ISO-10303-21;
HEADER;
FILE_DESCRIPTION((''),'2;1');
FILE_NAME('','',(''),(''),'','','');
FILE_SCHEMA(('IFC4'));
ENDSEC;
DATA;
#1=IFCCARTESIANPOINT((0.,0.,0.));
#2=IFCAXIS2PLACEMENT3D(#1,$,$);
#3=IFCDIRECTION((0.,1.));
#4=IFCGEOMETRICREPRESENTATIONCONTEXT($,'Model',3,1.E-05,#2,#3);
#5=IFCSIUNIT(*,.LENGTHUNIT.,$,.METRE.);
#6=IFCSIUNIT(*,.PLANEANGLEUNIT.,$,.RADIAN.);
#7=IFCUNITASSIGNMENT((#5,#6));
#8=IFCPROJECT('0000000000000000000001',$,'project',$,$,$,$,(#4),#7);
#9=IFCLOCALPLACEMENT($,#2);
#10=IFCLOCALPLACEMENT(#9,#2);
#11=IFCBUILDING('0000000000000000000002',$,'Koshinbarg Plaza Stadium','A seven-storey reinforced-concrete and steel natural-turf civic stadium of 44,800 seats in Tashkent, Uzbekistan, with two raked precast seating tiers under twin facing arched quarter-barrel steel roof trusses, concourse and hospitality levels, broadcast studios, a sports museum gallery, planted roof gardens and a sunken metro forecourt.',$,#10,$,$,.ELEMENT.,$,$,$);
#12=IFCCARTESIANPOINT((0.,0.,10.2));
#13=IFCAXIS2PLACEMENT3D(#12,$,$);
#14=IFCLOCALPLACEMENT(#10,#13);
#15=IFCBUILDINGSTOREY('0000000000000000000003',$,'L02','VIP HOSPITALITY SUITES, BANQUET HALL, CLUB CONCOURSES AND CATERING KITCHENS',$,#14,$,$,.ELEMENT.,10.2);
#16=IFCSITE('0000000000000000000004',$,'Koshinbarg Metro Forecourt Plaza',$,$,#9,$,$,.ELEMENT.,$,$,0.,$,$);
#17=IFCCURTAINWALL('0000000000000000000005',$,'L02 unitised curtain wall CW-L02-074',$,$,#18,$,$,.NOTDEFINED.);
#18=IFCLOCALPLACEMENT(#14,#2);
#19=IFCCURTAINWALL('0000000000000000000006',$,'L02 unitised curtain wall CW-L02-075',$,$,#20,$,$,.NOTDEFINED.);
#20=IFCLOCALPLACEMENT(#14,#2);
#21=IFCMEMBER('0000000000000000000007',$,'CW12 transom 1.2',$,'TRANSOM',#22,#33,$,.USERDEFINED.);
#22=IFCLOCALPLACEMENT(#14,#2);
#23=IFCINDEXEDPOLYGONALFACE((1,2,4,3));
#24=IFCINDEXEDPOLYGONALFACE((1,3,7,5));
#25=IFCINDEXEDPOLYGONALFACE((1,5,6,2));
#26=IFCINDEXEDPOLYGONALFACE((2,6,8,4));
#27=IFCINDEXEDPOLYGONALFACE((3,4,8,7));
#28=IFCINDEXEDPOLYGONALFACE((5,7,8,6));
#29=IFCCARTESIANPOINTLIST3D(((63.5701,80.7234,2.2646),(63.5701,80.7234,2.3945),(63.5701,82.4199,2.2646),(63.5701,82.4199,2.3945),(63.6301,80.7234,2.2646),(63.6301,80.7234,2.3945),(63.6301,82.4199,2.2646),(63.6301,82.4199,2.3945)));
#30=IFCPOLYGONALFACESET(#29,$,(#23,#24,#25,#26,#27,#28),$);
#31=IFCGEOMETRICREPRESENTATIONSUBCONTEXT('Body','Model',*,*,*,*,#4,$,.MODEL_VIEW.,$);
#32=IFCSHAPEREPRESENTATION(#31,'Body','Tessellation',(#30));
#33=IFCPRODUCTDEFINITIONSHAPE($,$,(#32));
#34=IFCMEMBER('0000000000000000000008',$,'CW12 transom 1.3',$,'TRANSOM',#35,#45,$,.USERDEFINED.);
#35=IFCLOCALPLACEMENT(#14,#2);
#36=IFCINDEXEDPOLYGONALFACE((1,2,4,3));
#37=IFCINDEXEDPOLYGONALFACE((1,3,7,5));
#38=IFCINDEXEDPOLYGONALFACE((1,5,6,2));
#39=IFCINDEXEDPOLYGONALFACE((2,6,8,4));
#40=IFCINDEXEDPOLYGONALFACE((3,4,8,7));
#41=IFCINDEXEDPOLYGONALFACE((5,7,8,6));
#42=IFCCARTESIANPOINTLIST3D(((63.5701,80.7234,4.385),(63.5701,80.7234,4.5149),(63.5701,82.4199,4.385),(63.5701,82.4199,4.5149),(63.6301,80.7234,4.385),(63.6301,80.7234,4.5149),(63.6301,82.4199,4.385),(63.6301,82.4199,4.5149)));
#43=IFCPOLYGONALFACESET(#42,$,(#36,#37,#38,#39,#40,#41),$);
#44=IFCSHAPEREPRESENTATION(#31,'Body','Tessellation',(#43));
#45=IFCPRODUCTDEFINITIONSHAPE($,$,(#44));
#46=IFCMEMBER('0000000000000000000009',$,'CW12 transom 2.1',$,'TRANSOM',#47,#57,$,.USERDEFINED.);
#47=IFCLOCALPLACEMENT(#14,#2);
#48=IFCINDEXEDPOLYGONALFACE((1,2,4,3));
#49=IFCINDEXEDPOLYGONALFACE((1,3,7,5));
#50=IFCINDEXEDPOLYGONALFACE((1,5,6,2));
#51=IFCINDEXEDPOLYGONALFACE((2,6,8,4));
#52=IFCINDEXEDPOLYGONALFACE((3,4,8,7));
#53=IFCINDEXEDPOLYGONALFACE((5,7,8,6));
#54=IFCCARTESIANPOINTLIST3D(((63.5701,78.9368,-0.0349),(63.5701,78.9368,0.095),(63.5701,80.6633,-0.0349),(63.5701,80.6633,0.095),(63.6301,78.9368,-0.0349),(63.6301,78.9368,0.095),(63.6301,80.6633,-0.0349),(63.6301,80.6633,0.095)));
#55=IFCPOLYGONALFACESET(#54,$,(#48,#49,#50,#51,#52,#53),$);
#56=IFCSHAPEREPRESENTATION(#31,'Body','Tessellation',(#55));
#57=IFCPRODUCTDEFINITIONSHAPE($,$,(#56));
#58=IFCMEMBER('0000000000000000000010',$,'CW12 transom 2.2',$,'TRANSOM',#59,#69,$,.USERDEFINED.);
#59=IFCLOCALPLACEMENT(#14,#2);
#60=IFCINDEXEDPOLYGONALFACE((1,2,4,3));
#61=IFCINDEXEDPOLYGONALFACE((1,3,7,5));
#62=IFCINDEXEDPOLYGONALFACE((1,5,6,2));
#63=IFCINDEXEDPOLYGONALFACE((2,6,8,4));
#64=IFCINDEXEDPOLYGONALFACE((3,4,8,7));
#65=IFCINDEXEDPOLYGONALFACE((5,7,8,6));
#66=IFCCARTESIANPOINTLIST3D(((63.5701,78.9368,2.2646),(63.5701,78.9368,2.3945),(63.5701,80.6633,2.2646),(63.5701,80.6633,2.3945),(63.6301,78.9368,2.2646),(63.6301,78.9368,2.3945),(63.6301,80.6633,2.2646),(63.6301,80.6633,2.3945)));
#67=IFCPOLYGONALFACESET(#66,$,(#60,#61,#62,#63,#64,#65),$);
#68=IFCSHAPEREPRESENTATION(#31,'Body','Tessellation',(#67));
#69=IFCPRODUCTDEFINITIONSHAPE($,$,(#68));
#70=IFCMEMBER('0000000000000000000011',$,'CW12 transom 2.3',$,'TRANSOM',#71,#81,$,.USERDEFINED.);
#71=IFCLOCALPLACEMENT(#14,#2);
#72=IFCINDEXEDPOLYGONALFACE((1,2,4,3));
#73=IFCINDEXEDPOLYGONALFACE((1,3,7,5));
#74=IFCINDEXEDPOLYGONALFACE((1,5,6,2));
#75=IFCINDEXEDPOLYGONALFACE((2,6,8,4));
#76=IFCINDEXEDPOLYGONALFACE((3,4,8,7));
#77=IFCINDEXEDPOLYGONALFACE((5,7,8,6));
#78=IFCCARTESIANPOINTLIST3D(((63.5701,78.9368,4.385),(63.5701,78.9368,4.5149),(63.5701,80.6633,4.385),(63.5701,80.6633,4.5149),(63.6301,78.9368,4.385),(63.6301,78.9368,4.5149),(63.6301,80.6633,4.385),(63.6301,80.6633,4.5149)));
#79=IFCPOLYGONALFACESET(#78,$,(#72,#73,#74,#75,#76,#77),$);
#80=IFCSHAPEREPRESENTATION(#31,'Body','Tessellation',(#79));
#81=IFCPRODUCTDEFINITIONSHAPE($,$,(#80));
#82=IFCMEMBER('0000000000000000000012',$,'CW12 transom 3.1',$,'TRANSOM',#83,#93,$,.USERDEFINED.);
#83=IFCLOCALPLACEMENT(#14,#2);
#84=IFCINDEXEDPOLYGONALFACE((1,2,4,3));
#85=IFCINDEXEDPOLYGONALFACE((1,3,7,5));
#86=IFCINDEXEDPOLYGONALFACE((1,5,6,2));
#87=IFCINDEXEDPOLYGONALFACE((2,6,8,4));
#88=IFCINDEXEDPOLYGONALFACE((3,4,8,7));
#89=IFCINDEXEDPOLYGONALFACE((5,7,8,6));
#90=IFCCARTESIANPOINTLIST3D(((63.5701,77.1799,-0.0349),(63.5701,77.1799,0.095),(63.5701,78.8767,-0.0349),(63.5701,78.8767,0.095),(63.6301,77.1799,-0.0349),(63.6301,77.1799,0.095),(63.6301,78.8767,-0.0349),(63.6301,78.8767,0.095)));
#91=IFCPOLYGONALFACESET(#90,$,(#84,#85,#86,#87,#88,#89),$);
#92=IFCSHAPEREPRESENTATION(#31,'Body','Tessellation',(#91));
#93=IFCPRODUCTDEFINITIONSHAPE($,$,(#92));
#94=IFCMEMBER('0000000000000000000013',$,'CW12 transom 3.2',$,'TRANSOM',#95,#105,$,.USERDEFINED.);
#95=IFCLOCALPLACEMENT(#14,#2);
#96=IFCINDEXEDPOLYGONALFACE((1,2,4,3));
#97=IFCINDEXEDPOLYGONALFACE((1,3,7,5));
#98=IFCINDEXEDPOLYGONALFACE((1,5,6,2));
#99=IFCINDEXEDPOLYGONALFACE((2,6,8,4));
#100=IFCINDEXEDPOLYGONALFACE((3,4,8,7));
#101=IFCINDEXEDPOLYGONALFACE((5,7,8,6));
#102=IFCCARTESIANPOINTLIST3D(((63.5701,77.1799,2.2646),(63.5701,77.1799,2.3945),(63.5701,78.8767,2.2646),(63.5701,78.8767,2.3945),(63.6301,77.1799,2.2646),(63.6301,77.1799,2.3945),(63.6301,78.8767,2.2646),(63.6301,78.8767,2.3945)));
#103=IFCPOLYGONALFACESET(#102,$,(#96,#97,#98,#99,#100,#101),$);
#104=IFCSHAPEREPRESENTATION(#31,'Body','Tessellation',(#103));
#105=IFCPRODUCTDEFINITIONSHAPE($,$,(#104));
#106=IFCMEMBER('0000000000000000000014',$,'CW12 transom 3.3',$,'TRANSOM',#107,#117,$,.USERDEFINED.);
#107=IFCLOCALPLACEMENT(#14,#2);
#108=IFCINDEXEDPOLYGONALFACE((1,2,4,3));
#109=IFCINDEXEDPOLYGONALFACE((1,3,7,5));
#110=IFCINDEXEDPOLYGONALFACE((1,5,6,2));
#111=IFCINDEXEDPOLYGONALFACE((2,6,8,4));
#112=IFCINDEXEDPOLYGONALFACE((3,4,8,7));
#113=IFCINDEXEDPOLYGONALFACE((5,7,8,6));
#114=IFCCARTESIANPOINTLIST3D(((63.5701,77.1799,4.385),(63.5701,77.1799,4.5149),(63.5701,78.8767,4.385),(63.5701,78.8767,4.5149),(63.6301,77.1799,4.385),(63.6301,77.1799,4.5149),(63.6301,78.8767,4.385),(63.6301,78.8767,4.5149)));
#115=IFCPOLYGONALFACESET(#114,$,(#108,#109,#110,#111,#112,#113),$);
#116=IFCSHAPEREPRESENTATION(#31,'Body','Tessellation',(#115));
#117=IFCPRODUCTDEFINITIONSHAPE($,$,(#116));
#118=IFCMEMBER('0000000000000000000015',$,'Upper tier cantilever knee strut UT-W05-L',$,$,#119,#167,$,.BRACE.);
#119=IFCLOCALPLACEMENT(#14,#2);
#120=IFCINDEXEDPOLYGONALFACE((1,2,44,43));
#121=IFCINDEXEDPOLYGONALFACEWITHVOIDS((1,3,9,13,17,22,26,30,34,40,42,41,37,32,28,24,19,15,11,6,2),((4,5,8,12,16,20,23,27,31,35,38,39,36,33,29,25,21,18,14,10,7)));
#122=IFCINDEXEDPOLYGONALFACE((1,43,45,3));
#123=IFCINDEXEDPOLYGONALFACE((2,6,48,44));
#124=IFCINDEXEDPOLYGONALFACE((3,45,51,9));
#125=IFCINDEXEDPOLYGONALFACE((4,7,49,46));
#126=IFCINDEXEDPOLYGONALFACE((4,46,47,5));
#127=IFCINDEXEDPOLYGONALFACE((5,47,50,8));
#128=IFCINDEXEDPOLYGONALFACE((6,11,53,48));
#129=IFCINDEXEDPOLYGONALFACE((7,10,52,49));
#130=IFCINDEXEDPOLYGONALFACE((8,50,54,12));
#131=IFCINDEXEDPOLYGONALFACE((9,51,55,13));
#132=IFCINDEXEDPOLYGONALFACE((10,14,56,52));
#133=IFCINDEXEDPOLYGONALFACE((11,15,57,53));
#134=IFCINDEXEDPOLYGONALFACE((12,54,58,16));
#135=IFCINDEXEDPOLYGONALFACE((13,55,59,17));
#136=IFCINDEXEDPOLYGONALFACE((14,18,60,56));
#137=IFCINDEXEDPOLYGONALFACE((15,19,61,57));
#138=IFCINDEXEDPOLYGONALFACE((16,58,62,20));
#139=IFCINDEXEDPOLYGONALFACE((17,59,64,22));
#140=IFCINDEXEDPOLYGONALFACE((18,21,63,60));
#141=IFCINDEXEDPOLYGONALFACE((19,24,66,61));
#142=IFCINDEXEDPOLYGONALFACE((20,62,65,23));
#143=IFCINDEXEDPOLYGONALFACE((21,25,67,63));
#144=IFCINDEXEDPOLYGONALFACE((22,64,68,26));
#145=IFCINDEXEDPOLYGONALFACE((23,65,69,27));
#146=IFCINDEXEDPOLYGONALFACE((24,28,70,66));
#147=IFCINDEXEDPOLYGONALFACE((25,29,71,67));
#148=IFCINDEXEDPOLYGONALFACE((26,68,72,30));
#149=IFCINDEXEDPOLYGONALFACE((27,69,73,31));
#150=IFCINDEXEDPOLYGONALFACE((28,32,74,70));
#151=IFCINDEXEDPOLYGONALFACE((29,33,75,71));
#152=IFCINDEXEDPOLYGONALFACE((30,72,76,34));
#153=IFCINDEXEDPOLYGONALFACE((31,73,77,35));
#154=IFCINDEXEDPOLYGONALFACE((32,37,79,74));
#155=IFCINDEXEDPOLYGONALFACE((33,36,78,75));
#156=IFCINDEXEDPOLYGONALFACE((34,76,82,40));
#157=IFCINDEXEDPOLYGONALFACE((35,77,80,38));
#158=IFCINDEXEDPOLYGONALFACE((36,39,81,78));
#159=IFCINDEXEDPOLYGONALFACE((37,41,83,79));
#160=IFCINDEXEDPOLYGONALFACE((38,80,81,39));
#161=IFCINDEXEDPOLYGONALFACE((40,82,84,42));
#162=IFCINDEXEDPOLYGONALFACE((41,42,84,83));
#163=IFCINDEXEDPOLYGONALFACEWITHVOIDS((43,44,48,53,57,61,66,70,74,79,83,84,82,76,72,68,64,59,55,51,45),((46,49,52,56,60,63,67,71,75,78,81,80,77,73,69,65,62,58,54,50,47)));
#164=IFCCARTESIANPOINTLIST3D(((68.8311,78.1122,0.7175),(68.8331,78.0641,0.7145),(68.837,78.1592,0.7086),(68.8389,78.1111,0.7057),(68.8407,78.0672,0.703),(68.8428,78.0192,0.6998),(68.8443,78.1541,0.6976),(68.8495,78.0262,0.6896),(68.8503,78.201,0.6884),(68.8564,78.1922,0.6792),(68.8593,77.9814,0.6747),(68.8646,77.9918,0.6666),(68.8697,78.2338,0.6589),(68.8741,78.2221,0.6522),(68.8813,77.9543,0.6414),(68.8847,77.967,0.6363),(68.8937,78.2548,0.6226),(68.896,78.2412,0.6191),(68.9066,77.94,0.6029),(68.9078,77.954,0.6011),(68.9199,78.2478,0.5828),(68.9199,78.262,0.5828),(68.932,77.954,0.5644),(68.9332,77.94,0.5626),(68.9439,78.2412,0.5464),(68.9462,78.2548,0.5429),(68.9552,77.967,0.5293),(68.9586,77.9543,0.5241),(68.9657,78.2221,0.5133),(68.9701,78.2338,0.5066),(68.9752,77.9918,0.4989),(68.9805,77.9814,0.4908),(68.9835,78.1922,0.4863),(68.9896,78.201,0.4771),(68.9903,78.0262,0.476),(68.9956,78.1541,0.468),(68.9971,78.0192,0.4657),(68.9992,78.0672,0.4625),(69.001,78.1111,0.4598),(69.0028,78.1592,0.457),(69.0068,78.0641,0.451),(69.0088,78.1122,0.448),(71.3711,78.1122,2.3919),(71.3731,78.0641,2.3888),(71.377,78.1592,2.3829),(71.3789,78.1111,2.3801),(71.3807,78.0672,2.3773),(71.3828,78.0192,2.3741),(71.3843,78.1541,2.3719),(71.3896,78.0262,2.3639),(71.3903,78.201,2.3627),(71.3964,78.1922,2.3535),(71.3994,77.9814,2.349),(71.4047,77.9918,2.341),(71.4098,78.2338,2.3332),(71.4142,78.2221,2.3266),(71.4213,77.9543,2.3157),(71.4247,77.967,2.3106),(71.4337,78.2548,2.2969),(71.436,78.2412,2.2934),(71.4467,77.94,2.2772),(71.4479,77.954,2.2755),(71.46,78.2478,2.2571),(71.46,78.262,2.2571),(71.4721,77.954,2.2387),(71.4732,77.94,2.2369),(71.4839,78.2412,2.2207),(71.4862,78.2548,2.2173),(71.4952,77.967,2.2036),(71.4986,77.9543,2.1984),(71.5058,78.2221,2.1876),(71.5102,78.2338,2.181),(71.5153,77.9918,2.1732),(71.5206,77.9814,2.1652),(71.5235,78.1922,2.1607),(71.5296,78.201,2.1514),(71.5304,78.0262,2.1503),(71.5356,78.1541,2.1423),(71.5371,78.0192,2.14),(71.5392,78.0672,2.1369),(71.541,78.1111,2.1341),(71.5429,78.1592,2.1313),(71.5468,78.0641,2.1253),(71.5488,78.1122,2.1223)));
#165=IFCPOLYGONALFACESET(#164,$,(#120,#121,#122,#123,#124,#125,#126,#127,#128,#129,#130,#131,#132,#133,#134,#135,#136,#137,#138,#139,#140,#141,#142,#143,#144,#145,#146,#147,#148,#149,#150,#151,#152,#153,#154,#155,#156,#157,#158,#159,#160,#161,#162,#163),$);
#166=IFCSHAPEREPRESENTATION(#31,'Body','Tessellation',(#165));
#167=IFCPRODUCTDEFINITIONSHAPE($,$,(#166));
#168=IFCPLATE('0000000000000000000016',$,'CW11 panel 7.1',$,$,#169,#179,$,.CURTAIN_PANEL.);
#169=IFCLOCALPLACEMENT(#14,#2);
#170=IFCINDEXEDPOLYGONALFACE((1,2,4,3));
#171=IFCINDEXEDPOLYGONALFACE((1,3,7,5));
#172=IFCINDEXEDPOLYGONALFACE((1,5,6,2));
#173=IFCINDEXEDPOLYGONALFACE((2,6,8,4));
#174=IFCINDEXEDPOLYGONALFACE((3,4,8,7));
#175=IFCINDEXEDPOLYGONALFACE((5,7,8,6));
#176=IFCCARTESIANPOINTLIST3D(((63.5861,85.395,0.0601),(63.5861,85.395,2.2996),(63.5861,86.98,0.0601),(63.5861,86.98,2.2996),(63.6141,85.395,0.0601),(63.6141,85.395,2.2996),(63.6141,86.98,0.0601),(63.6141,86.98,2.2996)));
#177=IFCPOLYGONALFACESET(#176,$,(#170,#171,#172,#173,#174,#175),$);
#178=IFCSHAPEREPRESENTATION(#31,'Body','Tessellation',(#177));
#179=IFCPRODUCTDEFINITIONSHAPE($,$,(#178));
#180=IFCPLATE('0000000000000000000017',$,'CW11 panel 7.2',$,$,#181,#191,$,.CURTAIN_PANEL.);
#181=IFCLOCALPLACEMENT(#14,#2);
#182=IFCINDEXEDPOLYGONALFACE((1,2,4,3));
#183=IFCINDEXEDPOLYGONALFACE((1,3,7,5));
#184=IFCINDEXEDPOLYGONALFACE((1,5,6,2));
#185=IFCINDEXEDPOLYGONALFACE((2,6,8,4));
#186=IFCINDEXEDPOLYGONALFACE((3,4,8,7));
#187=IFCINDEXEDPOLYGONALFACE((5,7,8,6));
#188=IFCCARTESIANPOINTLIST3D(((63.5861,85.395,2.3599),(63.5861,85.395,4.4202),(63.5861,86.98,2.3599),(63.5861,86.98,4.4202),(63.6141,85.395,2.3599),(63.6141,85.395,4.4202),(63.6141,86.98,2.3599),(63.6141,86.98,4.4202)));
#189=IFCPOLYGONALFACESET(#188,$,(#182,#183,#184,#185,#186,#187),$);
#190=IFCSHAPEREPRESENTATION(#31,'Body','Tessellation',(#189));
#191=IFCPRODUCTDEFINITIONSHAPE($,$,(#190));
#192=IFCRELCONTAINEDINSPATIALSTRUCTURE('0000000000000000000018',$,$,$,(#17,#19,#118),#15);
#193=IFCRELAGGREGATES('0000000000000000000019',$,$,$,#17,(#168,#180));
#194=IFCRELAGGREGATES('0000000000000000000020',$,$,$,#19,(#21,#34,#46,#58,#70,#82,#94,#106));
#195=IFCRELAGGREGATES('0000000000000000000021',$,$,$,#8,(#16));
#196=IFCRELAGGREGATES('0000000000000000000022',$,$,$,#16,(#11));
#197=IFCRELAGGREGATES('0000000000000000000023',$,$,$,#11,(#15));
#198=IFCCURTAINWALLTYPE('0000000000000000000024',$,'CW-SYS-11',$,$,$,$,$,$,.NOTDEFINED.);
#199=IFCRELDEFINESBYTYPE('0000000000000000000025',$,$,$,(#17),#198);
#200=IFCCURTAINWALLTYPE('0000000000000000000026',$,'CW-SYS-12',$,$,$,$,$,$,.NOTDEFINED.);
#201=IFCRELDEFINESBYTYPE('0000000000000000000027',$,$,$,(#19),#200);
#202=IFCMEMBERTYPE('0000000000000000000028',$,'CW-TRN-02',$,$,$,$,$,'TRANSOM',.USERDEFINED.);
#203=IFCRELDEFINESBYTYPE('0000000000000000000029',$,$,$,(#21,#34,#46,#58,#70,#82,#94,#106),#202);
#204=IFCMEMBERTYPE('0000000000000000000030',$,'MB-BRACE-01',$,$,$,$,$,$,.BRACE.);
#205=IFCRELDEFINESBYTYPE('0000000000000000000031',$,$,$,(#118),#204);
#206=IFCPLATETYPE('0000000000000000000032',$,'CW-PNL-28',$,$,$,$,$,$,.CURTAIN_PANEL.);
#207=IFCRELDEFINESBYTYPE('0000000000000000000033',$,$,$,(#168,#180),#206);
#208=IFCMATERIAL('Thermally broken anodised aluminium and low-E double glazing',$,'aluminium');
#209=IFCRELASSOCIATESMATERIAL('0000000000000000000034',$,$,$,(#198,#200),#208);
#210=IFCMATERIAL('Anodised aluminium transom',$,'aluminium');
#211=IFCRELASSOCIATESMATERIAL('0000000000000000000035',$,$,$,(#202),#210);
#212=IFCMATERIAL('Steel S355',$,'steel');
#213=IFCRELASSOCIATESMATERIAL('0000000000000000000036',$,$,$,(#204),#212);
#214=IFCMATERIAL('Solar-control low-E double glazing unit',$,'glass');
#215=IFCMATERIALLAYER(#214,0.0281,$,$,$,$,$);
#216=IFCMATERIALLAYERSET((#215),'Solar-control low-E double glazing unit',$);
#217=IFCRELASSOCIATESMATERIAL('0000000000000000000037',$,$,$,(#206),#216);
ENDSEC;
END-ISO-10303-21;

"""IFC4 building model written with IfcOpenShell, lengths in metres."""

from ifc_helpers import new_model, si_unit, direction, frame, origin, origin_2d, place, context, subcontext, project, spatial, rectangle, hollow_circle, extrude, material, layer, layer_set, material_profile, profile_set, type_object, element, aggregate, save


model = new_model("IFC4")

# Units and contexts
model_context = context("Model", 3, precision=1e-05, world=origin(), true_north=direction((0.0, 1.0)))
body_context = subcontext(model_context, "Body", "Model", "MODEL_VIEW")
ifc_project = project(units=[si_unit("LENGTHUNIT", "METRE"), si_unit("PLANEANGLEUNIT", "RADIAN")], contexts=[model_context])

# Site, building, storey
site_placement = place(None, origin())
site = spatial("IfcSite", under=ifc_project, at=site_placement, Name="Koshinbarg Metro Forecourt Plaza", CompositionType="ELEMENT", RefElevation=0.0)
building_placement = place(site_placement, origin())
building = spatial("IfcBuilding", under=site, at=building_placement, Name="Koshinbarg Plaza Stadium", Description="A seven-storey reinforced-concrete and steel natural-turf civic stadium of 44,800 seats in Tashkent, Uzbekistan, with two raked precast seating tiers under twin facing arched quarter-barrel steel roof trusses, concourse and hospitality levels, broadcast studios, a sports museum gallery, planted roof gardens and a sunken metro forecourt.", CompositionType="ELEMENT")
storey_placement = place(building_placement, frame((0.0, 0.0, 10.2)))
storey = spatial("IfcBuildingStorey", under=building, at=storey_placement, Name="L02", Description="VIP HOSPITALITY SUITES, BANQUET HALL, CLUB CONCOURSES AND CATERING KITCHENS", CompositionType="ELEMENT", Elevation=10.2)

# Curtain walls
ifc_material_1 = material(Name="Thermally broken anodised aluminium and low-E double glazing", Category="aluminium")
curtain_wall_type_1 = type_object("IfcCurtainWallType", Name="CW-SYS-11", PredefinedType="NOTDEFINED", material=ifc_material_1)
curtain_wall_1_placement = place(storey_placement, origin())
curtain_wall_1 = element("IfcCurtainWall", 1, at=curtain_wall_1_placement, inside=storey, type_object=curtain_wall_type_1, Name="L02 unitised curtain wall CW-L02-074", PredefinedType="NOTDEFINED")
curtain_wall_type_2 = type_object("IfcCurtainWallType", Name="CW-SYS-12", PredefinedType="NOTDEFINED", material=ifc_material_1)
curtain_wall_2_placement = place(storey_placement, origin())
curtain_wall_2 = element("IfcCurtainWall", 2, at=curtain_wall_2_placement, inside=storey, type_object=curtain_wall_type_2, Name="L02 unitised curtain wall CW-L02-075", PredefinedType="NOTDEFINED")

# Members
ifc_material_2 = material(Name="Anodised aluminium transom", Category="aluminium")
ifc_material_profile_1 = material_profile(ifc_material_2, rectangle(XDim=0.0601, YDim=0.1299, at=origin_2d()), Name="ALU 60x130")
ifc_profile_set_1 = profile_set([ifc_material_profile_1], Name="Anodised aluminium transom")
member_type_1 = type_object("IfcMemberType", Name="CW-TRN-02", ElementType="TRANSOM", PredefinedType="USERDEFINED", material=ifc_profile_set_1)
member_1_placement = place(storey_placement, frame((63.6001, 82.4199, 2.3296), z_axis=(0.0, -1.0, 0.0), x_axis=(1.0, 0.0, 0.0)))
member_1 = element("IfcMember", 3, at=member_1_placement, type_object=member_type_1, Name="CW12 transom 1.2", ObjectType="TRANSOM", PredefinedType="USERDEFINED", context=body_context, shape_type="SweptSolid", body=[
    extrude(rectangle(XDim=0.0601, YDim=0.1299, at=origin_2d()), origin(), (0.0, 0.0, 1.0), 1.6965),
])
member_2_placement = place(storey_placement, frame((63.6001, 82.4199, 4.45), z_axis=(0.0, -1.0, 0.0), x_axis=(1.0, 0.0, 0.0)))
member_2 = element("IfcMember", 4, at=member_2_placement, type_object=member_type_1, Name="CW12 transom 1.3", ObjectType="TRANSOM", PredefinedType="USERDEFINED", context=body_context, shape_type="SweptSolid", body=[
    extrude(rectangle(XDim=0.0601, YDim=0.1299, at=origin_2d()), origin(), (0.0, 0.0, 1.0), 1.6965),
])
member_3_placement = place(storey_placement, frame((63.6001, 80.6633, 0.03), z_axis=(0.0, -1.0, 0.0), x_axis=(1.0, 0.0, 0.0)))
member_3 = element("IfcMember", 5, at=member_3_placement, type_object=member_type_1, Name="CW12 transom 2.1", ObjectType="TRANSOM", PredefinedType="USERDEFINED", context=body_context, shape_type="SweptSolid", body=[
    extrude(rectangle(XDim=0.0601, YDim=0.1299, at=origin_2d()), origin(), (0.0, 0.0, 1.0), 1.7266),
])
member_4_placement = place(storey_placement, frame((63.6001, 80.6633, 2.3296), z_axis=(0.0, -1.0, 0.0), x_axis=(1.0, 0.0, 0.0)))
member_4 = element("IfcMember", 6, at=member_4_placement, type_object=member_type_1, Name="CW12 transom 2.2", ObjectType="TRANSOM", PredefinedType="USERDEFINED", context=body_context, shape_type="SweptSolid", body=[
    extrude(rectangle(XDim=0.0601, YDim=0.1299, at=origin_2d()), origin(), (0.0, 0.0, 1.0), 1.7266),
])
member_5_placement = place(storey_placement, frame((63.6001, 80.6633, 4.45), z_axis=(0.0, -1.0, 0.0), x_axis=(1.0, 0.0, 0.0)))
member_5 = element("IfcMember", 7, at=member_5_placement, type_object=member_type_1, Name="CW12 transom 2.3", ObjectType="TRANSOM", PredefinedType="USERDEFINED", context=body_context, shape_type="SweptSolid", body=[
    extrude(rectangle(XDim=0.0601, YDim=0.1299, at=origin_2d()), origin(), (0.0, 0.0, 1.0), 1.7266),
])
member_6_placement = place(storey_placement, frame((63.6001, 78.8767, 0.03), z_axis=(0.0, -1.0, 0.0), x_axis=(1.0, 0.0, 0.0)))
member_6 = element("IfcMember", 8, at=member_6_placement, type_object=member_type_1, Name="CW12 transom 3.1", ObjectType="TRANSOM", PredefinedType="USERDEFINED", context=body_context, shape_type="SweptSolid", body=[
    extrude(rectangle(XDim=0.0601, YDim=0.1299, at=origin_2d()), origin(), (0.0, 0.0, 1.0), 1.6968),
])
member_7_placement = place(storey_placement, frame((63.6001, 78.8767, 2.3296), z_axis=(0.0, -1.0, 0.0), x_axis=(1.0, 0.0, 0.0)))
member_7 = element("IfcMember", 9, at=member_7_placement, type_object=member_type_1, Name="CW12 transom 3.2", ObjectType="TRANSOM", PredefinedType="USERDEFINED", context=body_context, shape_type="SweptSolid", body=[
    extrude(rectangle(XDim=0.0601, YDim=0.1299, at=origin_2d()), origin(), (0.0, 0.0, 1.0), 1.6968),
])
member_8_placement = place(storey_placement, frame((63.6001, 78.8767, 4.45), z_axis=(0.0, -1.0, 0.0), x_axis=(1.0, 0.0, 0.0)))
member_8 = element("IfcMember", 10, at=member_8_placement, type_object=member_type_1, Name="CW12 transom 3.3", ObjectType="TRANSOM", PredefinedType="USERDEFINED", context=body_context, shape_type="SweptSolid", body=[
    extrude(rectangle(XDim=0.0601, YDim=0.1299, at=origin_2d()), origin(), (0.0, 0.0, 1.0), 1.6968),
])
ifc_material_3 = material(Name="Steel S355", Category="steel")
ifc_material_profile_2 = material_profile(ifc_material_3, hollow_circle(Radius=0.1619, WallThickness=0.0142, at=origin_2d()), Name="CHS 323.9x14.2")
ifc_profile_set_2 = profile_set([ifc_material_profile_2], Name="Steel S355")
member_type_2 = type_object("IfcMemberType", Name="MB-BRACE-01", PredefinedType="BRACE", material=ifc_profile_set_2)
member_9_placement = place(storey_placement, frame((68.9199, 78.1001, 0.5828), z_axis=(0.834928, 0.0, 0.550359), x_axis=(0.0, 1.0, 0.0)))
element("IfcMember", 11, at=member_9_placement, inside=storey, type_object=member_type_2, Name="Upper tier cantilever knee strut UT-W05-L", PredefinedType="BRACE", context=body_context, shape_type="SweptSolid", body=[
    extrude(hollow_circle(Radius=0.1619, WallThickness=0.0142, at=origin_2d()), origin(), (0.0, 0.0, 1.0), 3.0422),
])

# Plates
ifc_material_4 = material(Name="Solar-control low-E double glazing unit", Category="glass")
ifc_layer_1 = layer(ifc_material_4, 0.0281)
ifc_layer_set_1 = layer_set([ifc_layer_1], Name="Solar-control low-E double glazing unit")
plate_type_1 = type_object("IfcPlateType", Name="CW-PNL-28", PredefinedType="CURTAIN_PANEL", material=ifc_layer_set_1)
plate_1_placement = place(storey_placement, frame((63.6001, 86.1875, 0.0601), z_axis=(0.0, 0.0, 1.0), x_axis=(0.0, -1.0, 0.0)))
plate_1 = element("IfcPlate", 12, at=plate_1_placement, type_object=plate_type_1, Name="CW11 panel 7.1", PredefinedType="CURTAIN_PANEL", context=body_context, shape_type="SweptSolid", body=[
    extrude(rectangle(XDim=1.585, YDim=0.0281, at=origin_2d()), origin(), (0.0, 0.0, 1.0), 2.2395),
])
plate_2_placement = place(storey_placement, frame((63.6001, 86.1875, 2.3599), z_axis=(0.0, 0.0, 1.0), x_axis=(0.0, -1.0, 0.0)))
plate_2 = element("IfcPlate", 13, at=plate_2_placement, type_object=plate_type_1, Name="CW11 panel 7.2", PredefinedType="CURTAIN_PANEL", context=body_context, shape_type="SweptSolid", body=[
    extrude(rectangle(XDim=1.585, YDim=0.0281, at=origin_2d()), origin(), (0.0, 0.0, 1.0), 2.0603),
])
aggregate(curtain_wall_1, [plate_1, plate_2])
aggregate(curtain_wall_2, [member_1, member_2, member_3, member_4, member_5, member_6, member_7, member_8])

save(model, "model.ifc")
